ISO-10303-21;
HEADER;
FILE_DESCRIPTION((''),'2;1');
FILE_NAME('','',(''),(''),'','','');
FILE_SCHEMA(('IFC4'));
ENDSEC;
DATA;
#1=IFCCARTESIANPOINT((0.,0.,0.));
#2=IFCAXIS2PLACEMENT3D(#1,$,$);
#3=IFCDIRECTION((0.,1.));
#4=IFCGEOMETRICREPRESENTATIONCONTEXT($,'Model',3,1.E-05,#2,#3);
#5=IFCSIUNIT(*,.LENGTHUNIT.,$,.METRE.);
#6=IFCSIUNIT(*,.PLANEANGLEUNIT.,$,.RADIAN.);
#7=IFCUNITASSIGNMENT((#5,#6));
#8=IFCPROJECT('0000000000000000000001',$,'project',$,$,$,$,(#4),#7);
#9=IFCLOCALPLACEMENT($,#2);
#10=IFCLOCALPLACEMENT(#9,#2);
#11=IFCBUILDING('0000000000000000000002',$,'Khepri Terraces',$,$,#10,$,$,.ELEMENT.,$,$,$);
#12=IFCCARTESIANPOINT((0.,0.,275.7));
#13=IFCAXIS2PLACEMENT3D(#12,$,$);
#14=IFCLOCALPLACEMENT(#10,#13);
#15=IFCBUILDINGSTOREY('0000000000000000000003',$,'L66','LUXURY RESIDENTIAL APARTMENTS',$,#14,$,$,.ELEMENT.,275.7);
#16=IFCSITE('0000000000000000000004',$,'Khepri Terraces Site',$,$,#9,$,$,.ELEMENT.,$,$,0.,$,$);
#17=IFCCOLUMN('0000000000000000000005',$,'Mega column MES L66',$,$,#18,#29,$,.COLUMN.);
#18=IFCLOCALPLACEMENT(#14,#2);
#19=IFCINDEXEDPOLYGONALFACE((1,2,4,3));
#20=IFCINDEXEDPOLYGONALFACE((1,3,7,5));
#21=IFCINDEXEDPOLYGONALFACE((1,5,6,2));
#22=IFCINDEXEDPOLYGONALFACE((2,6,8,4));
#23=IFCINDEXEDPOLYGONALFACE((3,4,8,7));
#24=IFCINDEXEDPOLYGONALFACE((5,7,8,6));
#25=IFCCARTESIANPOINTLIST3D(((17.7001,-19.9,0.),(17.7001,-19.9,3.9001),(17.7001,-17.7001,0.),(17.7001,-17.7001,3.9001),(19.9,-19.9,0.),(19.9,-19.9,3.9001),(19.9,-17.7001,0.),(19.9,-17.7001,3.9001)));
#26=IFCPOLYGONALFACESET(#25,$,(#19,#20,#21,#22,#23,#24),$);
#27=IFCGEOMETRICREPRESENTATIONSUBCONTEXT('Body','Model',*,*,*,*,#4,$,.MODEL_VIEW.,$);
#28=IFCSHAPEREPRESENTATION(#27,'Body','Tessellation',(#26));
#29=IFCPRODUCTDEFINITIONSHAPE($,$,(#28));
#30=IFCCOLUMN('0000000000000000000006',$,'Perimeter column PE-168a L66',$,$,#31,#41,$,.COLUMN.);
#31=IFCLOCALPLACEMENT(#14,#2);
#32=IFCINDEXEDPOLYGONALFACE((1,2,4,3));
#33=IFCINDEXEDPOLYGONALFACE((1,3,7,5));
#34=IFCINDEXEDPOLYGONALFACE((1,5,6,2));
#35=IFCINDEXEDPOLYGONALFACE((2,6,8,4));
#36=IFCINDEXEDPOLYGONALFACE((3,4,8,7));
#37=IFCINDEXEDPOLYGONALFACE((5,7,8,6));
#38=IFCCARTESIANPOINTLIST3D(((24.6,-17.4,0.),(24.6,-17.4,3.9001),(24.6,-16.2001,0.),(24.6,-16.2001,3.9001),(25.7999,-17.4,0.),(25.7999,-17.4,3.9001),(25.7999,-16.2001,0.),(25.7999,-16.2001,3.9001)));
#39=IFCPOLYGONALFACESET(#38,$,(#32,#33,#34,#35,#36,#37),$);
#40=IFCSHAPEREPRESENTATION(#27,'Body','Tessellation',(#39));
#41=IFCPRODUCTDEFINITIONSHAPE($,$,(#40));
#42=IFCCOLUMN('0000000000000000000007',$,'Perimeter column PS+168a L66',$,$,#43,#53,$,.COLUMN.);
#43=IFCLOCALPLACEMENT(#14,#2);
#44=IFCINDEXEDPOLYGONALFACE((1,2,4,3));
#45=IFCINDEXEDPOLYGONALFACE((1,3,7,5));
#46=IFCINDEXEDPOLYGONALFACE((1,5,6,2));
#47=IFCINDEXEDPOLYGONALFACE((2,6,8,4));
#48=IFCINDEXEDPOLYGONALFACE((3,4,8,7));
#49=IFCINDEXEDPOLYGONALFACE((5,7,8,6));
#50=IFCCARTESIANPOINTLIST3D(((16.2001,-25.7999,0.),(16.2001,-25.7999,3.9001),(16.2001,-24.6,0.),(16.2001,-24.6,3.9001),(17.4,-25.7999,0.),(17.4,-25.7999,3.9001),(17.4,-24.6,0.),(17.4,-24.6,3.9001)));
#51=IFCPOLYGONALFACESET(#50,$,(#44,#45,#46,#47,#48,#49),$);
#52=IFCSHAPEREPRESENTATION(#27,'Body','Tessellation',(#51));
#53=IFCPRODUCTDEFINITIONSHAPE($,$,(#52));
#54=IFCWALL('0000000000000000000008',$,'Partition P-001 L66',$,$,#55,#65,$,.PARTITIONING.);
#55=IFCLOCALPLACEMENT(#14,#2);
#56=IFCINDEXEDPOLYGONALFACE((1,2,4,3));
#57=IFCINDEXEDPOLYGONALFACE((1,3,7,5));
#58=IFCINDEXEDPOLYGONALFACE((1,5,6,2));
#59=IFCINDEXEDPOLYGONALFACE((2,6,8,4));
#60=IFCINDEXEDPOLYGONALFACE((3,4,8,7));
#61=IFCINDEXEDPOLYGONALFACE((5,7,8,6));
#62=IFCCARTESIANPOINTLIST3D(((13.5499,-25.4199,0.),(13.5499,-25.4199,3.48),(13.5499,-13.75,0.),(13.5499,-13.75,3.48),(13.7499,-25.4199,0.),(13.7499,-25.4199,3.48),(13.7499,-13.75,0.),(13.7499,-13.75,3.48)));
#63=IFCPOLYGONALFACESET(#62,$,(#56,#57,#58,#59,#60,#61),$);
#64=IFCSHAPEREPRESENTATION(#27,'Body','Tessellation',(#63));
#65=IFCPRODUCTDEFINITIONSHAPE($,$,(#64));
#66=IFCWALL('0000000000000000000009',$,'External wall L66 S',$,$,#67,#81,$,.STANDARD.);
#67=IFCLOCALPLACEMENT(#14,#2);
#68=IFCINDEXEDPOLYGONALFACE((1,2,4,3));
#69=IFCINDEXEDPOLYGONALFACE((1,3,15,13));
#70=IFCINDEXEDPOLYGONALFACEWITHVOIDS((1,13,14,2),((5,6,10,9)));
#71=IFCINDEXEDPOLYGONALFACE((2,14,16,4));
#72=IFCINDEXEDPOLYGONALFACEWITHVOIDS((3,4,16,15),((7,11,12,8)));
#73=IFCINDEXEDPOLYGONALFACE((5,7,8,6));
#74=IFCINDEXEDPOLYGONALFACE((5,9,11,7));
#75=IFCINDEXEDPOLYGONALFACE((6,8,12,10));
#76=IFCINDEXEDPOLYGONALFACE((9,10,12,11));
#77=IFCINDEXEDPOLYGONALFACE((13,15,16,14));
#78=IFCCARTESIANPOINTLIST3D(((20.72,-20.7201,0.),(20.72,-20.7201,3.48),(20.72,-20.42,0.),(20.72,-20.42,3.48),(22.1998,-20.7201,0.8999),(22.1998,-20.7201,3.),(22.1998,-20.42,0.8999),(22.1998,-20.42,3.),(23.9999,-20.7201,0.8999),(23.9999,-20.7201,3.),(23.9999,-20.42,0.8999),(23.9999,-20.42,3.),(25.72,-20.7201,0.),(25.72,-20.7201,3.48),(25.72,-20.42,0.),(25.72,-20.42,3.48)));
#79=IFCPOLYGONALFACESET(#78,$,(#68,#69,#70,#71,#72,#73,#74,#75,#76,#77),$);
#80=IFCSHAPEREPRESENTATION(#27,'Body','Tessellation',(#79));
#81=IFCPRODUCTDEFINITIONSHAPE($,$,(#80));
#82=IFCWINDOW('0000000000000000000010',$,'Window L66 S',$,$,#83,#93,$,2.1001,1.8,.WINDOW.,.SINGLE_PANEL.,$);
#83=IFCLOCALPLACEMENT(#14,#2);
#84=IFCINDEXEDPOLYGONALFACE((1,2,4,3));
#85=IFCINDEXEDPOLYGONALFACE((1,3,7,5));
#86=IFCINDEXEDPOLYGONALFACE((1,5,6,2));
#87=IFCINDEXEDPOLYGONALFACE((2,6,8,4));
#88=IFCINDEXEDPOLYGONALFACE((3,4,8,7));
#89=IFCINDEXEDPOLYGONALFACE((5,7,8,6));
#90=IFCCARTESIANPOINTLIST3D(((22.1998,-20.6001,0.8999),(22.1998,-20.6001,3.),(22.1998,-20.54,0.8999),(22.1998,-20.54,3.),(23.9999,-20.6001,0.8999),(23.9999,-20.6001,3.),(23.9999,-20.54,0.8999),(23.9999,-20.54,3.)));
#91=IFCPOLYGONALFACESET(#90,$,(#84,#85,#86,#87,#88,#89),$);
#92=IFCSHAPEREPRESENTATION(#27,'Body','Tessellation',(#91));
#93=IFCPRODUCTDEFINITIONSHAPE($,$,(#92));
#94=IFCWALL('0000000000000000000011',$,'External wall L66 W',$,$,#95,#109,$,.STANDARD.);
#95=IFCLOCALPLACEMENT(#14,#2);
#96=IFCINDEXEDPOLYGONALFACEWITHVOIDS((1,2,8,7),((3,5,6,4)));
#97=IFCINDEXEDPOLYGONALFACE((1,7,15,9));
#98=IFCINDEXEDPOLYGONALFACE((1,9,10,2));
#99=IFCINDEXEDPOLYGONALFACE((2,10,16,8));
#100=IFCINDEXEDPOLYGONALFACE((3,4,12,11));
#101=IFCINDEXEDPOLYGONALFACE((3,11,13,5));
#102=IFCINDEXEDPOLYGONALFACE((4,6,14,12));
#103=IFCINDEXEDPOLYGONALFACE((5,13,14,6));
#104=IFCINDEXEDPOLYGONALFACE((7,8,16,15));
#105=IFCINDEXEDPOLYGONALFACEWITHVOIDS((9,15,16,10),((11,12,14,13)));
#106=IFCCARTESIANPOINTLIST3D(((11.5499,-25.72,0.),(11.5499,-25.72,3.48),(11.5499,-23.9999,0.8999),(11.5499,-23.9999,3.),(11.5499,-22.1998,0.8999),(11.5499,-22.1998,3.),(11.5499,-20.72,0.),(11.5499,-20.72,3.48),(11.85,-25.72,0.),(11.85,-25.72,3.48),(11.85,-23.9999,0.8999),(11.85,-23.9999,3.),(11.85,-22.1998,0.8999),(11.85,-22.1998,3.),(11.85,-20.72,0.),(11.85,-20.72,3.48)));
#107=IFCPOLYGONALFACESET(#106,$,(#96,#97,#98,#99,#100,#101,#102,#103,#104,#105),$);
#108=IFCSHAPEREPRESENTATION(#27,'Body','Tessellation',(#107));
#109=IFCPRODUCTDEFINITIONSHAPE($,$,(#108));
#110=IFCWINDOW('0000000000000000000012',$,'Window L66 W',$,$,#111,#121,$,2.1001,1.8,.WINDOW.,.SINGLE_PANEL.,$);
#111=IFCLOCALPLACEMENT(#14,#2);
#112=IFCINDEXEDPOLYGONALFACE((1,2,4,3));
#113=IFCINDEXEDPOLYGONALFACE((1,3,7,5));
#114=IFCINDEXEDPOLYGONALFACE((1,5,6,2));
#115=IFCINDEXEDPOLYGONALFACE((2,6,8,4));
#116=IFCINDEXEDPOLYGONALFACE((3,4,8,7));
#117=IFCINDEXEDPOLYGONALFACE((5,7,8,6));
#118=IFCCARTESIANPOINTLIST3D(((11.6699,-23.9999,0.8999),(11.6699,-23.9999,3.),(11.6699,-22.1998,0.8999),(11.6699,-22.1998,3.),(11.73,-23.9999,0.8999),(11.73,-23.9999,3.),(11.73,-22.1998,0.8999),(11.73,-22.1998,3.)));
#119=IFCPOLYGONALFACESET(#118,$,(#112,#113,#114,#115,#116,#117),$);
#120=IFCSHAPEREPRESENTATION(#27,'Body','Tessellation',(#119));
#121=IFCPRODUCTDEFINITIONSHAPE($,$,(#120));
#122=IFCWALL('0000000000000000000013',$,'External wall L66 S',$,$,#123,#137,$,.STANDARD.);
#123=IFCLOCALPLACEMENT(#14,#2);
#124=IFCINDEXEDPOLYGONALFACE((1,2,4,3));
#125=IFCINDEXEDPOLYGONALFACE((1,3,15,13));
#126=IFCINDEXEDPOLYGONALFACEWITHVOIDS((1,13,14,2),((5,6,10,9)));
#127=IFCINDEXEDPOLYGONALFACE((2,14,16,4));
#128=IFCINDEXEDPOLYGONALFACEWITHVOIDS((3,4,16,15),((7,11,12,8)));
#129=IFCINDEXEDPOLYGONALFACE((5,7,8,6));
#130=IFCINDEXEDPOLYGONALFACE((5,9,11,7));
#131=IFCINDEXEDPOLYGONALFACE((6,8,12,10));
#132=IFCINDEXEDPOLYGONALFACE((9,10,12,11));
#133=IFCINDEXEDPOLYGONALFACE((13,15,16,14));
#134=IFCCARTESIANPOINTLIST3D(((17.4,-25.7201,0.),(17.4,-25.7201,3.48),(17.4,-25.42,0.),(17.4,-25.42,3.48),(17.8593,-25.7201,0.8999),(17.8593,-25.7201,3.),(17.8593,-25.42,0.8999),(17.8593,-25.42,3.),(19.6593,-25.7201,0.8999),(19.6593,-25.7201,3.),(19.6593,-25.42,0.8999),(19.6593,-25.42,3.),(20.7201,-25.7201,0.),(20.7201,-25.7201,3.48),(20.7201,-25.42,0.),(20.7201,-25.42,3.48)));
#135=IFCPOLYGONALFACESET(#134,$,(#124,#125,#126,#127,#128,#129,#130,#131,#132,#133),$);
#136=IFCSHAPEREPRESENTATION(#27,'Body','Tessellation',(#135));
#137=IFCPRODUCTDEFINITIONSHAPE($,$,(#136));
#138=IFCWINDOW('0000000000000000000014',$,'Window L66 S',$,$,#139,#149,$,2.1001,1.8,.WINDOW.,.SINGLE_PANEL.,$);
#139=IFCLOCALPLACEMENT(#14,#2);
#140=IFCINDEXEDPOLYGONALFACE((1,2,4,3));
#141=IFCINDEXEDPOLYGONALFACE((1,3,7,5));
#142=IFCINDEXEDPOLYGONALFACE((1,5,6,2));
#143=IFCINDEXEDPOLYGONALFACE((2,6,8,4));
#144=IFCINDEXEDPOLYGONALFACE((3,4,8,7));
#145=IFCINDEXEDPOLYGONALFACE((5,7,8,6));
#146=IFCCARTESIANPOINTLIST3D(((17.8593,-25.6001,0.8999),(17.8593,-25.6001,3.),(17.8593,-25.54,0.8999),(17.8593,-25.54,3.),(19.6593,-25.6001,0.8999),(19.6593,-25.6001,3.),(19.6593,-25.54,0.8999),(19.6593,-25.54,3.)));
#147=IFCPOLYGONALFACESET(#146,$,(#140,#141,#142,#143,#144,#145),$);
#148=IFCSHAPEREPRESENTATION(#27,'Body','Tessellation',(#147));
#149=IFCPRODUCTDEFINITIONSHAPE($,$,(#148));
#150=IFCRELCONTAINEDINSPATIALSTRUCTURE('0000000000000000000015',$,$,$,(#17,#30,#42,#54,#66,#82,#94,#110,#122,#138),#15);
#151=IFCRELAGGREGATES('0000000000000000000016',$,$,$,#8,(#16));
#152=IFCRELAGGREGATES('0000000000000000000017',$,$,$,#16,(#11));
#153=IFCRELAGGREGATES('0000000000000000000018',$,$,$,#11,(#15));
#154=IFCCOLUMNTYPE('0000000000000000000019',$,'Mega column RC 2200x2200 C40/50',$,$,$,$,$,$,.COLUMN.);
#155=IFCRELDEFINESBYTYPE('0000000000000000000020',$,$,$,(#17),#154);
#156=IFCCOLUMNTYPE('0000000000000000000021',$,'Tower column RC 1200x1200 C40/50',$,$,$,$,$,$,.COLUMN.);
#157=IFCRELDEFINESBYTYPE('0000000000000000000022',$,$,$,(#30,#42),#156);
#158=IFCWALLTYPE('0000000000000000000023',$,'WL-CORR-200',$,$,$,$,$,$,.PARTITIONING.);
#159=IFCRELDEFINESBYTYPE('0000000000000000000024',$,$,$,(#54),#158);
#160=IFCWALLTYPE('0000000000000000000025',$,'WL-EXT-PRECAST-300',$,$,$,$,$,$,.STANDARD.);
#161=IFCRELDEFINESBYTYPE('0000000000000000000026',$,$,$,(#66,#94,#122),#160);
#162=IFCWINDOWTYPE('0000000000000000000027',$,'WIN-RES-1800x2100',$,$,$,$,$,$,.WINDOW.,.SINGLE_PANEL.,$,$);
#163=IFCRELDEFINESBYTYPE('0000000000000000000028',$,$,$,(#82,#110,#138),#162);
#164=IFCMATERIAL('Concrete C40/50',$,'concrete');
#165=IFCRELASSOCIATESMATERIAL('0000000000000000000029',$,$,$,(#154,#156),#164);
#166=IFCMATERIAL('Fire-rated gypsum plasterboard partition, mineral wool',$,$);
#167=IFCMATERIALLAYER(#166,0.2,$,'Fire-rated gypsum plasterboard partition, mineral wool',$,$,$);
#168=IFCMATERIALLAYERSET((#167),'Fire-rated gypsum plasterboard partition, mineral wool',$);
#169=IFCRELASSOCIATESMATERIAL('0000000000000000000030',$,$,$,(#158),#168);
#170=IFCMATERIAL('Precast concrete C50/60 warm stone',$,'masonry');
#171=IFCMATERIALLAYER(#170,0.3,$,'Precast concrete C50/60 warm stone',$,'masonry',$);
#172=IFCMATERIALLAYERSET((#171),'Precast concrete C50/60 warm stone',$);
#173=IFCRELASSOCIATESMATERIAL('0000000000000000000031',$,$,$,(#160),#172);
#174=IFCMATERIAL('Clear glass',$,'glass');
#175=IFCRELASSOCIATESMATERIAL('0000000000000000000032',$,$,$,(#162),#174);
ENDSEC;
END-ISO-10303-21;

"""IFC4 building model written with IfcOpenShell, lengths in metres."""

from ifc_helpers import new_model, si_unit, direction, frame, frame_2d, origin, origin_2d, place, context, subcontext, project, spatial, rectangle, extrude, material, layer, layer_set, material_profile, profile_set, type_object, element, fill, save


model = new_model("IFC4")

# Units and contexts
model_context = context("Model", 3, precision=1e-05, world=origin(), true_north=direction((0.0, 1.0)))
body_context = subcontext(model_context, "Body", "Model", "MODEL_VIEW")
ifc_project = project(units=[si_unit("LENGTHUNIT", "METRE"), si_unit("PLANEANGLEUNIT", "RADIAN")], contexts=[model_context])

# Site, building, storey
site_placement = place(None, origin())
site = spatial("IfcSite", under=ifc_project, at=site_placement, Name="Khepri Terraces Site", CompositionType="ELEMENT", RefElevation=0.0)
building_placement = place(site_placement, origin())
building = spatial("IfcBuilding", under=site, at=building_placement, Name="Khepri Terraces", CompositionType="ELEMENT")
storey_placement = place(building_placement, frame((0.0, 0.0, 275.7)))
storey = spatial("IfcBuildingStorey", under=building, at=storey_placement, Name="L66", Description="LUXURY RESIDENTIAL APARTMENTS", CompositionType="ELEMENT", Elevation=275.7)

# Columns
ifc_material_1 = material(Name="Concrete C40/50", Category="concrete")
ifc_material_profile_1 = material_profile(ifc_material_1, rectangle(XDim=2.2, YDim=2.2, at=origin_2d()), Name="Concrete C40/50", Category="concrete")
ifc_profile_set_1 = profile_set([ifc_material_profile_1], Name="Concrete C40/50")
column_type_1 = type_object("IfcColumnType", Name="Mega column RC 2200x2200 C40/50", PredefinedType="COLUMN", material=ifc_profile_set_1)
column_placement = place(storey_placement, frame((18.8, -18.8, 0.0), z_axis=(0.0, 0.0, 1.0), x_axis=(1.0, 0.0, 0.0)))
element("IfcColumn", 1, at=column_placement, inside=storey, type_object=column_type_1, Name="Mega column MES L66", PredefinedType="COLUMN", context=body_context, shape_type="SweptSolid", body=[
    extrude(rectangle(XDim=2.2, YDim=2.2, at=origin_2d()), origin(), (0.0, 0.0, 1.0), 3.9001),
])
ifc_material_profile_2 = material_profile(ifc_material_1, rectangle(XDim=1.2, YDim=1.2, at=origin_2d()), Name="Concrete C40/50", Category="concrete")
ifc_profile_set_2 = profile_set([ifc_material_profile_2], Name="Concrete C40/50")
column_type_2 = type_object("IfcColumnType", Name="Tower column RC 1200x1200 C40/50", PredefinedType="COLUMN", material=ifc_profile_set_2)
for number, where, z_axis, x_axis, name in (
    (2, (25.2, -16.8, 0.0), (0.0, 0.0, 1.0), (1.0, 0.0, 0.0), "Perimeter column PE-168a L66"),
    (3, (16.8, -25.2, 0.0), (0.0, 0.0, 1.0), (1.0, 0.0, 0.0), "Perimeter column PS+168a L66"),
):
    element("IfcColumn", number, at=place(storey_placement, frame(where, z_axis=z_axis, x_axis=x_axis)), inside=storey, type_object=column_type_2, Name=name, PredefinedType="COLUMN", context=body_context, shape_type="SweptSolid", body=[
        extrude(rectangle(XDim=1.2, YDim=1.2, at=origin_2d()), origin(), (0.0, 0.0, 1.0), 3.9001),
    ])

# Wall
ifc_material_2 = material(Name="Fire-rated gypsum plasterboard partition, mineral wool")
ifc_layer_1 = layer(ifc_material_2, 0.2, Name="Fire-rated gypsum plasterboard partition, mineral wool")
ifc_layer_set_1 = layer_set([ifc_layer_1], Name="Fire-rated gypsum plasterboard partition, mineral wool")
wall_type_1 = type_object("IfcWallType", Name="WL-CORR-200", PredefinedType="PARTITIONING", material=ifc_layer_set_1)
wall_1_placement = place(storey_placement, frame((13.6499, -25.4199, 0.0), z_axis=(0.0, 0.0, 1.0), x_axis=(0.0, 1.0, 0.0)))
element("IfcWall", 4, at=wall_1_placement, inside=storey, type_object=wall_type_1, Name="Partition P-001 L66", PredefinedType="PARTITIONING", context=body_context, shape_type="SweptSolid", body=[
    extrude(rectangle(XDim=11.6699, YDim=0.2, at=frame_2d((5.835, 0.0))), origin(), (0.0, 0.0, 1.0), 3.48),
])

# Wall, opening, window
ifc_material_3 = material(Name="Precast concrete C50/60 warm stone", Category="masonry")
ifc_layer_2 = layer(ifc_material_3, 0.3, Name="Precast concrete C50/60 warm stone", Category="masonry")
ifc_layer_set_2 = layer_set([ifc_layer_2], Name="Precast concrete C50/60 warm stone")
wall_type_2 = type_object("IfcWallType", Name="WL-EXT-PRECAST-300", PredefinedType="STANDARD", material=ifc_layer_set_2)
wall_2_placement = place(storey_placement, frame((20.72, -20.5701, 0.0), z_axis=(0.0, 0.0, 1.0), x_axis=(1.0, 0.0, 0.0)))
wall_2 = element("IfcWall", 5, at=wall_2_placement, inside=storey, type_object=wall_type_2, Name="External wall L66 S", PredefinedType="STANDARD", context=body_context, shape_type="SweptSolid", body=[
    extrude(rectangle(XDim=5.0, YDim=0.3, at=frame_2d((2.5, 0.0))), origin(), (0.0, 0.0, 1.0), 3.48),
])
opening_1_placement = place(wall_2_placement, frame((1.48, 0.0, 0.8999)))
opening_1 = element("IfcOpeningElement", 6, at=opening_1_placement, cuts=wall_2, PredefinedType="OPENING", context=body_context, shape_type="SweptSolid", body=[
    extrude(rectangle(XDim=1.8, YDim=2.1001, at=frame_2d((0.8999, 1.05))), frame((0.0, 0.1602, 0.0), z_axis=(0.0, -1.0, 0.0), x_axis=(1.0, 0.0, 0.0)), (0.0, 0.0, 1.0), 0.3201),
])
ifc_material_4 = material(Name="Clear glass", Category="glass")
window_type = type_object("IfcWindowType", Name="WIN-RES-1800x2100", PartitioningType="SINGLE_PANEL", PredefinedType="WINDOW", material=ifc_material_4)
window_1_placement = place(opening_1_placement, origin())
window_1 = element("IfcWindow", 7, at=window_1_placement, inside=storey, type_object=window_type, Name="Window L66 S", OverallHeight=2.1001, OverallWidth=1.8, PartitioningType="SINGLE_PANEL", PredefinedType="WINDOW", context=body_context, shape_type="SweptSolid", body=[
    extrude(rectangle(XDim=1.8, YDim=2.1001, at=frame_2d((0.8999, 1.05))), frame((0.0, 0.03, 0.0), z_axis=(0.0, -1.0, 0.0), x_axis=(1.0, 0.0, 0.0)), (0.0, 0.0, 1.0), 0.0601),
])
fill(opening_1, window_1)

# Wall, opening, window
wall_3_placement = place(storey_placement, frame((11.7, -20.72, 0.0), z_axis=(0.0, 0.0, 1.0), x_axis=(0.0, -1.0, 0.0)))
wall_3 = element("IfcWall", 8, at=wall_3_placement, inside=storey, type_object=wall_type_2, Name="External wall L66 W", PredefinedType="STANDARD", context=body_context, shape_type="SweptSolid", body=[
    extrude(rectangle(XDim=5.0, YDim=0.3, at=frame_2d((2.5, 0.0))), origin(), (0.0, 0.0, 1.0), 3.48),
])
opening_2_placement = place(wall_3_placement, frame((1.48, 0.0, 0.8999)))
opening_2 = element("IfcOpeningElement", 9, at=opening_2_placement, cuts=wall_3, PredefinedType="OPENING", context=body_context, shape_type="SweptSolid", body=[
    extrude(rectangle(XDim=1.8, YDim=2.1001, at=frame_2d((0.8999, 1.05))), frame((0.0, 0.1602, 0.0), z_axis=(0.0, -1.0, 0.0), x_axis=(1.0, 0.0, 0.0)), (0.0, 0.0, 1.0), 0.3201),
])
window_2_placement = place(opening_2_placement, origin())
window_2 = element("IfcWindow", 10, at=window_2_placement, inside=storey, type_object=window_type, Name="Window L66 W", OverallHeight=2.1001, OverallWidth=1.8, PartitioningType="SINGLE_PANEL", PredefinedType="WINDOW", context=body_context, shape_type="SweptSolid", body=[
    extrude(rectangle(XDim=1.8, YDim=2.1001, at=frame_2d((0.8999, 1.05))), frame((0.0, 0.03, 0.0), z_axis=(0.0, -1.0, 0.0), x_axis=(1.0, 0.0, 0.0)), (0.0, 0.0, 1.0), 0.0601),
])
fill(opening_2, window_2)

# Wall, opening, window
wall_4_placement = place(storey_placement, frame((17.3999, -25.5701, 0.0), z_axis=(0.0, 0.0, 1.0), x_axis=(1.0, 0.0, 0.0)))
wall_4 = element("IfcWall", 11, at=wall_4_placement, inside=storey, type_object=wall_type_2, Name="External wall L66 S", PredefinedType="STANDARD", context=body_context, shape_type="SweptSolid", body=[
    extrude(rectangle(XDim=3.3201, YDim=0.3, at=frame_2d((1.6602, 0.0))), origin(), (0.0, 0.0, 1.0), 3.48),
])
opening_3_placement = place(wall_4_placement, frame((0.4595, 0.0, 0.8999)))
opening_3 = element("IfcOpeningElement", 12, at=opening_3_placement, cuts=wall_4, PredefinedType="OPENING", context=body_context, shape_type="SweptSolid", body=[
    extrude(rectangle(XDim=1.8, YDim=2.1001, at=frame_2d((0.8999, 1.05))), frame((0.0, 0.1602, 0.0), z_axis=(0.0, -1.0, 0.0), x_axis=(1.0, 0.0, 0.0)), (0.0, 0.0, 1.0), 0.3201),
])
window_3_placement = place(opening_3_placement, origin())
window_3 = element("IfcWindow", 13, at=window_3_placement, inside=storey, type_object=window_type, Name="Window L66 S", OverallHeight=2.1001, OverallWidth=1.8, PartitioningType="SINGLE_PANEL", PredefinedType="WINDOW", context=body_context, shape_type="SweptSolid", body=[
    extrude(rectangle(XDim=1.8, YDim=2.1001, at=frame_2d((0.8999, 1.05))), frame((0.0, 0.03, 0.0), z_axis=(0.0, -1.0, 0.0), x_axis=(1.0, 0.0, 0.0)), (0.0, 0.0, 1.0), 0.0601),
])
fill(opening_3, window_3)

save(model, "model.ifc")
